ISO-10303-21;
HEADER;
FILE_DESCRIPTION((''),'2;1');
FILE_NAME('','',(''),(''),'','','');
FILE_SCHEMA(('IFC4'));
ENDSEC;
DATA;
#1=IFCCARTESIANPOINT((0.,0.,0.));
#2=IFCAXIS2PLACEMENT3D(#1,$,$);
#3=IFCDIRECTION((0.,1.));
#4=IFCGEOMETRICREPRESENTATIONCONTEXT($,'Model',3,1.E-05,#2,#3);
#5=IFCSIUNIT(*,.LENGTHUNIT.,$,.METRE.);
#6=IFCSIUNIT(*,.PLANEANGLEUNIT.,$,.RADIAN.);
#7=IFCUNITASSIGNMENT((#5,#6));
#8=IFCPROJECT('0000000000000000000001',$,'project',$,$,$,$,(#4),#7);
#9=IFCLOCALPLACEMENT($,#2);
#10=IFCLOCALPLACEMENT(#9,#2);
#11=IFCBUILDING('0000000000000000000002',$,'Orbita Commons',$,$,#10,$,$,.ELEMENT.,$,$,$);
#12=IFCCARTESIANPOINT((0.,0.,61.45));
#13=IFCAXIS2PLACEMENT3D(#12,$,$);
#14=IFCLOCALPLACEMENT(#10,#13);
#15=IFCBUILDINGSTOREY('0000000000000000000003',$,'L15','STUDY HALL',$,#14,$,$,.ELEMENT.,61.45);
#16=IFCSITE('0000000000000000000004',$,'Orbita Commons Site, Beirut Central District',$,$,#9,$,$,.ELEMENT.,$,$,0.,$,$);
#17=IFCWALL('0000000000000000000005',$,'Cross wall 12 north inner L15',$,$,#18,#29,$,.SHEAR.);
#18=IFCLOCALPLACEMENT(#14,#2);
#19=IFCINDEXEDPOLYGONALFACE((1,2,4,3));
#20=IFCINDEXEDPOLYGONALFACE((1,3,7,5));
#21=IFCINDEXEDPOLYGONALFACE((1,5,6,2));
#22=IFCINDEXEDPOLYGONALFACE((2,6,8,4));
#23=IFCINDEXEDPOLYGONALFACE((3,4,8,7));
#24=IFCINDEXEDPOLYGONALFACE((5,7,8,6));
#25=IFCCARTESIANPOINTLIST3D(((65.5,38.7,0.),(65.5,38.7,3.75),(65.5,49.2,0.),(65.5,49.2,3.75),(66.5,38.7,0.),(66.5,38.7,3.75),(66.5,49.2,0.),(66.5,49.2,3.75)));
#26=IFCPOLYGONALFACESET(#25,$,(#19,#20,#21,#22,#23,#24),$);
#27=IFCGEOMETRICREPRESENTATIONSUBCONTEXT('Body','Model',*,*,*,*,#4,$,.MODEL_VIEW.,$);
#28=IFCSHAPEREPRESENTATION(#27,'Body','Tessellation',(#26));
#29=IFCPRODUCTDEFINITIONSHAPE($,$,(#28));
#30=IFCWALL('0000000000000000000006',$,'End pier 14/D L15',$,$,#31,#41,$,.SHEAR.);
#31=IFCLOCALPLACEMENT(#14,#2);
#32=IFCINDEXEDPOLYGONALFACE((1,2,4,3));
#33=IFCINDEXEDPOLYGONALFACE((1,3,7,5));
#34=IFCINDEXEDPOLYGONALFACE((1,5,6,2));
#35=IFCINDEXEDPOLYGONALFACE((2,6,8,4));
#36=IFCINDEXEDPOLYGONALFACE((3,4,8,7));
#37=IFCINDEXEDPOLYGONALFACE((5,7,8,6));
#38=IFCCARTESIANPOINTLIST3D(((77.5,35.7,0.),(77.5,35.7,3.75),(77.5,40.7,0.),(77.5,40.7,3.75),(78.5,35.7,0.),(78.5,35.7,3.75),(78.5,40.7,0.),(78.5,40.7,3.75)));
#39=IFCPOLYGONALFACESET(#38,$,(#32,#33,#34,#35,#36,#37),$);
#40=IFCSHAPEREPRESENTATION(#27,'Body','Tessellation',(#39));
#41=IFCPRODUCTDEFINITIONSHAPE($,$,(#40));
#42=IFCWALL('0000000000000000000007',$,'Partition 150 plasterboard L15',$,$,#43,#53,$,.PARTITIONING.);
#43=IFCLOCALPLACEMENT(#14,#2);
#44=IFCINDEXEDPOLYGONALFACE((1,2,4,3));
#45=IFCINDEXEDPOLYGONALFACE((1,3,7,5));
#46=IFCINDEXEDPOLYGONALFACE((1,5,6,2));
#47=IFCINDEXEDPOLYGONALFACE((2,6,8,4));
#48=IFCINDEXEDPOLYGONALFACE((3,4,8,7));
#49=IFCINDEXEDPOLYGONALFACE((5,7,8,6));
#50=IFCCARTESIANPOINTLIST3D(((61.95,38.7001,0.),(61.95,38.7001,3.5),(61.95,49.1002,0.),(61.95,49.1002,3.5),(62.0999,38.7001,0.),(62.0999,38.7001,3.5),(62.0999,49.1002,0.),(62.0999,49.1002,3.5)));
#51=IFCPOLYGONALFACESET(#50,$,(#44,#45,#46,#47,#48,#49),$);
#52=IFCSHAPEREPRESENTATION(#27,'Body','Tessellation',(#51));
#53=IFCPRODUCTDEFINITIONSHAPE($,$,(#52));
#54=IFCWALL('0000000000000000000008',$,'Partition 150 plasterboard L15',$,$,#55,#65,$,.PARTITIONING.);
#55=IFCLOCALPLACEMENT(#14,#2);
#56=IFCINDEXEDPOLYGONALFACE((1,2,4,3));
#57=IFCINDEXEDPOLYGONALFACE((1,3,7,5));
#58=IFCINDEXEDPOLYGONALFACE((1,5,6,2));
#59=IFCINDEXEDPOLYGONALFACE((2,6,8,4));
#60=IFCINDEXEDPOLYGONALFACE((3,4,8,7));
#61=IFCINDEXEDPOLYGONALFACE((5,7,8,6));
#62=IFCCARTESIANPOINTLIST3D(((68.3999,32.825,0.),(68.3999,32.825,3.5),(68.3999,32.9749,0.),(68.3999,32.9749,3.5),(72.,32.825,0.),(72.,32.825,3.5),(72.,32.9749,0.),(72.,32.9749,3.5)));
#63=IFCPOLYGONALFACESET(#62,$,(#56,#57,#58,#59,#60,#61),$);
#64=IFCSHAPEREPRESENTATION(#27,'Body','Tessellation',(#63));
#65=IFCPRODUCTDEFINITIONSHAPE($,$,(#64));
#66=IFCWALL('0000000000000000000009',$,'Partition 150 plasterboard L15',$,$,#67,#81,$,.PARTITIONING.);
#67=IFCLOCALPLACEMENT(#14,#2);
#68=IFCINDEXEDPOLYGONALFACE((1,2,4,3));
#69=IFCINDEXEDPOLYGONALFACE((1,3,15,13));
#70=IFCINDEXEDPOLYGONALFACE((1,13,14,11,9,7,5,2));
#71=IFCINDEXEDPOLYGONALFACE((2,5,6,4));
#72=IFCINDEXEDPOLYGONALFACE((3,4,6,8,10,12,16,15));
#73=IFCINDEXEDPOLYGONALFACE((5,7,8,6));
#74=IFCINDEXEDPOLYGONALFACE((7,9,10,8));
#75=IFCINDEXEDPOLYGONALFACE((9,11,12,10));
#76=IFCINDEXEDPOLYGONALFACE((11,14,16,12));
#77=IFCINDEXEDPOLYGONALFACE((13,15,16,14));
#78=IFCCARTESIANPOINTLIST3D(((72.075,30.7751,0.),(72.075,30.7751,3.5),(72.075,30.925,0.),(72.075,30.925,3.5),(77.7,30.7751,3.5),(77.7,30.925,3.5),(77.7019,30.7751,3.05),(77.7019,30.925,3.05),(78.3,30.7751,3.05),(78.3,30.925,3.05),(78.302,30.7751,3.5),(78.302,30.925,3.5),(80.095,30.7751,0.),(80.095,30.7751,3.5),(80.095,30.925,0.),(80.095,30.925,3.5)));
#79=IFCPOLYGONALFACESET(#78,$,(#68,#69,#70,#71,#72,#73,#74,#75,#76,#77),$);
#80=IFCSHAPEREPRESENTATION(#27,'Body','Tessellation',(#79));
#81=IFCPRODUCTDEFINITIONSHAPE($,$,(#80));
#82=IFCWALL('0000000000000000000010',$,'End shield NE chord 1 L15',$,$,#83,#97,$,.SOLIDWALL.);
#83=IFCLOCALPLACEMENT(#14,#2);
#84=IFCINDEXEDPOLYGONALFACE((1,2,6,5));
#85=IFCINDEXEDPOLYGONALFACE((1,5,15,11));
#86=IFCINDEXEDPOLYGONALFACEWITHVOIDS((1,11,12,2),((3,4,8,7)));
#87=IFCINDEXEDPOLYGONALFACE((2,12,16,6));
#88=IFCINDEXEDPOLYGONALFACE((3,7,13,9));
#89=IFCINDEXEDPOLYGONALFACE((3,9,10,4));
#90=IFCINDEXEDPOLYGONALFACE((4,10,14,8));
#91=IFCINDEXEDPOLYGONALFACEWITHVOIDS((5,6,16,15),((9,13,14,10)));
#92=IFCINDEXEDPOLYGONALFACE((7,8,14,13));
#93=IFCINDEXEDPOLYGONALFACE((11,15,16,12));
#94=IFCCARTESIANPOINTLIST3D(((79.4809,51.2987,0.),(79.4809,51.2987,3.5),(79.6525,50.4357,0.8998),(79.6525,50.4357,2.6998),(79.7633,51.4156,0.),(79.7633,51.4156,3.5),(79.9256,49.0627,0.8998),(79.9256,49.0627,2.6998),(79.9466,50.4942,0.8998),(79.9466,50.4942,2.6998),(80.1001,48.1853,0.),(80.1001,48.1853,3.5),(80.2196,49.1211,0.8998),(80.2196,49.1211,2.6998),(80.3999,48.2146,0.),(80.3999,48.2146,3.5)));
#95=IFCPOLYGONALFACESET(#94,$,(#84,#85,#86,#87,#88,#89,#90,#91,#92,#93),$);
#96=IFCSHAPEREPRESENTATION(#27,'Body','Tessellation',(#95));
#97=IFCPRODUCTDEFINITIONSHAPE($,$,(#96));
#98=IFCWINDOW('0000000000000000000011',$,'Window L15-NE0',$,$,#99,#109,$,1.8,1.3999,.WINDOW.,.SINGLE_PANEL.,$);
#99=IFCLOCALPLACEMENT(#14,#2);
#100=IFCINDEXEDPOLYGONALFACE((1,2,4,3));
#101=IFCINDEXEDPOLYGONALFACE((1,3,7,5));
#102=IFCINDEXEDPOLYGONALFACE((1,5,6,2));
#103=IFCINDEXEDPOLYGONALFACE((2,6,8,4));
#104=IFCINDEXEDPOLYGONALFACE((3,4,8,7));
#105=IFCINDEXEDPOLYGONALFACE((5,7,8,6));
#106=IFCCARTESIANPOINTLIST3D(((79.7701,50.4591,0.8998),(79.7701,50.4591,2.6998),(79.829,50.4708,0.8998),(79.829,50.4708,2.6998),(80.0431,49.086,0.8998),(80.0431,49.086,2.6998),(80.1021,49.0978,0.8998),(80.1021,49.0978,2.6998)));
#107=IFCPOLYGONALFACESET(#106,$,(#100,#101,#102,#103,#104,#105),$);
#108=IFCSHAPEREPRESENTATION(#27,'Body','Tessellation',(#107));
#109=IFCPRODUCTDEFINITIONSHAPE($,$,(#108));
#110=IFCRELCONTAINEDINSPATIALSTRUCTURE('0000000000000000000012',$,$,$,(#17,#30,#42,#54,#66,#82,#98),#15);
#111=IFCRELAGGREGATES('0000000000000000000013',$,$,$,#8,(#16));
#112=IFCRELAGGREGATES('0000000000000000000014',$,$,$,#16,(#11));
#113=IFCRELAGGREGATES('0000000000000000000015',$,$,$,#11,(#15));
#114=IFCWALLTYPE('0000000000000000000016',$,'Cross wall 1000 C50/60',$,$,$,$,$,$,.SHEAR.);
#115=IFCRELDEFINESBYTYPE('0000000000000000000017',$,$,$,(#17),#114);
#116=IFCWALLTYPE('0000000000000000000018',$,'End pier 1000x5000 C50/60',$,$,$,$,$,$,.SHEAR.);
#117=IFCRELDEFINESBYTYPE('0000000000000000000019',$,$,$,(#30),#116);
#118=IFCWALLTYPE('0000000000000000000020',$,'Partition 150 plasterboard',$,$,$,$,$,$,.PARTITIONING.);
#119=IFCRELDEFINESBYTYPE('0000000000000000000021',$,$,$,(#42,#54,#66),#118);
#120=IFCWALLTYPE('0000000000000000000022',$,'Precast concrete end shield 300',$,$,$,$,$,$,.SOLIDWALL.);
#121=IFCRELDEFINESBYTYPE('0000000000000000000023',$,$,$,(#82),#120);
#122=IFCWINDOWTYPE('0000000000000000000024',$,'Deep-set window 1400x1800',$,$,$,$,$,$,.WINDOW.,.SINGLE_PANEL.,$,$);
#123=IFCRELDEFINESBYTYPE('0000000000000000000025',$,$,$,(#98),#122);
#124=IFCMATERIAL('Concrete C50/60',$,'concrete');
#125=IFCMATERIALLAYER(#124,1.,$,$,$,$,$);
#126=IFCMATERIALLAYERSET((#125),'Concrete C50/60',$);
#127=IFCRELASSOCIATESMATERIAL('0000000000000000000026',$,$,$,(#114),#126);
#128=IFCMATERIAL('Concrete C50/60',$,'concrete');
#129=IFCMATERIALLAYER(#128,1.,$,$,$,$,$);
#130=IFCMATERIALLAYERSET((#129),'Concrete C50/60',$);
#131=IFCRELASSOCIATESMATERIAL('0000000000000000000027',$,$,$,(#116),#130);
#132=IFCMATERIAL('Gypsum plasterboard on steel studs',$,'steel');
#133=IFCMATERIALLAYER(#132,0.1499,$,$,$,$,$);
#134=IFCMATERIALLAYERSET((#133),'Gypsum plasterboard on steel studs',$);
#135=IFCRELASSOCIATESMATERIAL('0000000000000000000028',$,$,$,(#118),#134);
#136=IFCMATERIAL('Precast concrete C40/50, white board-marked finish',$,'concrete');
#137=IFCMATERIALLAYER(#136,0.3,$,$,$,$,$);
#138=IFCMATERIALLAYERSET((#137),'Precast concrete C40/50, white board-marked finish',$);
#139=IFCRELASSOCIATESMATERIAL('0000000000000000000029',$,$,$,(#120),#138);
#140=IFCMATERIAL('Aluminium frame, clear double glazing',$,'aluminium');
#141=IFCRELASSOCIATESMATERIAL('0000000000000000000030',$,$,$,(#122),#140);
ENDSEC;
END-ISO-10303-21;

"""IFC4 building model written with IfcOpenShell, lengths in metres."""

from ifc_helpers import new_model, si_unit, direction, frame, frame_2d, origin, place, context, subcontext, project, spatial, polyline, rectangle, outline, extrude, material, layer, layer_set, type_object, element, fill, save


model = new_model("IFC4")

# Units and contexts
model_context = context("Model", 3, precision=1e-05, world=origin(), true_north=direction((0.0, 1.0)))
body_context = subcontext(model_context, "Body", "Model", "MODEL_VIEW")
ifc_project = project(units=[si_unit("LENGTHUNIT", "METRE"), si_unit("PLANEANGLEUNIT", "RADIAN")], contexts=[model_context])

# Site, building, storey
site_placement = place(None, origin())
site = spatial("IfcSite", under=ifc_project, at=site_placement, Name="Orbita Commons Site, Beirut Central District", CompositionType="ELEMENT", RefElevation=0.0)
building_placement = place(site_placement, origin())
building = spatial("IfcBuilding", under=site, at=building_placement, Name="Orbita Commons", CompositionType="ELEMENT")
storey_placement = place(building_placement, frame((0.0, 0.0, 61.45)))
storey = spatial("IfcBuildingStorey", under=building, at=storey_placement, Name="L15", Description="STUDY HALL", CompositionType="ELEMENT", Elevation=61.45)

# Walls
ifc_material_1 = material(Name="Concrete C50/60", Category="concrete")
ifc_layer_1 = layer(ifc_material_1, 1.0)
ifc_layer_set_1 = layer_set([ifc_layer_1], Name="Concrete C50/60")
wall_type_1 = type_object("IfcWallType", Name="Cross wall 1000 C50/60", PredefinedType="SHEAR", material=ifc_layer_set_1)
for number, where, z_axis, x_axis, name in (
    (1, (66.0, 38.7, 0.0), (0.0, 0.0, 1.0), (0.0, 1.0, 0.0), "Cross wall 12 north inner L15"),
):
    element("IfcWall", number, at=place(storey_placement, frame(where, z_axis=z_axis, x_axis=x_axis)), inside=storey, type_object=wall_type_1, Name=name, PredefinedType="SHEAR", context=body_context, shape_type="SweptSolid", body=[
        extrude(rectangle(XDim=10.5, YDim=1.0, at=frame_2d((5.25, 0.0))), origin(), (0.0, 0.0, 1.0), 3.75),
    ])
ifc_material_2 = material(Name="Concrete C50/60", Category="concrete")
ifc_layer_2 = layer(ifc_material_2, 1.0)
ifc_layer_set_2 = layer_set([ifc_layer_2], Name="Concrete C50/60")
wall_type_2 = type_object("IfcWallType", Name="End pier 1000x5000 C50/60", PredefinedType="SHEAR", material=ifc_layer_set_2)
wall_1_placement = place(storey_placement, frame((78.0, 35.7, 0.0), z_axis=(0.0, 0.0, 1.0), x_axis=(0.0, 1.0, 0.0)))
element("IfcWall", 2, at=wall_1_placement, inside=storey, type_object=wall_type_2, Name="End pier 14/D L15", PredefinedType="SHEAR", context=body_context, shape_type="SweptSolid", body=[
    extrude(rectangle(XDim=5.0, YDim=1.0, at=frame_2d((2.5, 0.0))), origin(), (0.0, 0.0, 1.0), 3.75),
])
ifc_material_3 = material(Name="Gypsum plasterboard on steel studs", Category="steel")
ifc_layer_3 = layer(ifc_material_3, 0.1499)
ifc_layer_set_3 = layer_set([ifc_layer_3], Name="Gypsum plasterboard on steel studs")
wall_type_3 = type_object("IfcWallType", Name="Partition 150 plasterboard", PredefinedType="PARTITIONING", material=ifc_layer_set_3)
wall_2_placement = place(storey_placement, frame((62.0249, 38.7, 0.0), z_axis=(0.0, 0.0, 1.0), x_axis=(0.0, 1.0, 0.0)))
element("IfcWall", 3, at=wall_2_placement, inside=storey, type_object=wall_type_3, Name="Partition 150 plasterboard L15", PredefinedType="PARTITIONING", context=body_context, shape_type="SweptSolid", body=[
    extrude(rectangle(XDim=10.4001, YDim=0.1499, at=frame_2d((5.2002, 0.0))), origin(), (0.0, 0.0, 1.0), 3.5),
])
wall_3_placement = place(storey_placement, frame((68.3999, 32.8999, 0.0), z_axis=(0.0, 0.0, 1.0), x_axis=(1.0, 0.0, 0.0)))
element("IfcWall", 4, at=wall_3_placement, inside=storey, type_object=wall_type_3, Name="Partition 150 plasterboard L15", PredefinedType="PARTITIONING", context=body_context, shape_type="SweptSolid", body=[
    extrude(rectangle(XDim=3.6001, YDim=0.1499, at=frame_2d((1.8, 0.0))), origin(), (0.0, 0.0, 1.0), 3.5),
])
wall_4_placement = place(storey_placement, frame((72.075, 30.8501, 0.0), z_axis=(0.0, 0.0, 1.0), x_axis=(1.0, 0.0, 0.0)))
element("IfcWall", 5, at=wall_4_placement, inside=storey, type_object=wall_type_3, Name="Partition 150 plasterboard L15", PredefinedType="PARTITIONING", context=body_context, shape_type="SweptSolid", body=[
    extrude(outline(polyline([(0.0, 0.0), (8.02, 0.0), (8.02, 3.5), (6.2271, 3.5), (6.2251, 3.05), (5.627, 3.05), (5.625, 3.5), (0.0, 3.5), (0.0, 0.0)])), frame((0.0, 0.075, 0.0), z_axis=(0.0, -1.0, 0.0), x_axis=(1.0, 0.0, 0.0)), (0.0, 0.0, 1.0), 0.1499),
])

# Wall, opening, window
ifc_material_4 = material(Name="Precast concrete C40/50, white board-marked finish", Category="concrete")
ifc_layer_4 = layer(ifc_material_4, 0.3)
ifc_layer_set_4 = layer_set([ifc_layer_4], Name="Precast concrete C40/50, white board-marked finish")
wall_type_4 = type_object("IfcWallType", Name="Precast concrete end shield 300", PredefinedType="SOLIDWALL", material=ifc_layer_set_4)
wall_5_placement = place(storey_placement, frame((80.25, 48.2, 0.0), z_axis=(0.0, 0.0, 1.0), x_axis=(-0.195066, 0.98079, 0.0)))
wall_5 = element("IfcWall", 6, at=wall_5_placement, inside=storey, type_object=wall_type_4, Name="End shield NE chord 1 L15", PredefinedType="SOLIDWALL", context=body_context, shape_type="SweptSolid", body=[
    extrude(outline(polyline([(-0.0149, -0.1499), (3.2488, -0.1499), (3.1892, 0.1499), (0.0149, 0.1499), (-0.0149, -0.1499)])), origin(), (0.0, 0.0, 1.0), 3.5),
])
opening_1_placement = place(wall_5_placement, frame((0.9094, 0.0, 0.8999)))
opening_1 = element("IfcOpeningElement", 7, at=opening_1_placement, cuts=wall_5, PredefinedType="OPENING", context=body_context, shape_type="SweptSolid", body=[
    extrude(rectangle(XDim=1.3999, YDim=1.8, at=frame_2d((0.7, 0.8999))), frame((0.0, 0.1599, 0.0), z_axis=(0.0, -1.0, 0.0), x_axis=(1.0, 0.0, 0.0)), (0.0, 0.0, 1.0), 0.3201),
])
ifc_material_5 = material(Name="Aluminium frame, clear double glazing", Category="aluminium")
window_type = type_object("IfcWindowType", Name="Deep-set window 1400x1800", PartitioningType="SINGLE_PANEL", PredefinedType="WINDOW", material=ifc_material_5)
window_placement = place(opening_1_placement, origin())
window = element("IfcWindow", 8, at=window_placement, inside=storey, type_object=window_type, Name="Window L15-NE0", OverallHeight=1.8, OverallWidth=1.3999, PartitioningType="SINGLE_PANEL", PredefinedType="WINDOW", context=body_context, shape_type="SweptSolid", body=[
    extrude(rectangle(XDim=1.3999, YDim=1.8, at=frame_2d((0.7, 0.8999))), frame((0.0, 0.03, 0.0), z_axis=(0.0, -1.0, 0.0), x_axis=(1.0, 0.0, 0.0)), (0.0, 0.0, 1.0), 0.0601),
])
fill(opening_1, window)

save(model, "model.ifc")
